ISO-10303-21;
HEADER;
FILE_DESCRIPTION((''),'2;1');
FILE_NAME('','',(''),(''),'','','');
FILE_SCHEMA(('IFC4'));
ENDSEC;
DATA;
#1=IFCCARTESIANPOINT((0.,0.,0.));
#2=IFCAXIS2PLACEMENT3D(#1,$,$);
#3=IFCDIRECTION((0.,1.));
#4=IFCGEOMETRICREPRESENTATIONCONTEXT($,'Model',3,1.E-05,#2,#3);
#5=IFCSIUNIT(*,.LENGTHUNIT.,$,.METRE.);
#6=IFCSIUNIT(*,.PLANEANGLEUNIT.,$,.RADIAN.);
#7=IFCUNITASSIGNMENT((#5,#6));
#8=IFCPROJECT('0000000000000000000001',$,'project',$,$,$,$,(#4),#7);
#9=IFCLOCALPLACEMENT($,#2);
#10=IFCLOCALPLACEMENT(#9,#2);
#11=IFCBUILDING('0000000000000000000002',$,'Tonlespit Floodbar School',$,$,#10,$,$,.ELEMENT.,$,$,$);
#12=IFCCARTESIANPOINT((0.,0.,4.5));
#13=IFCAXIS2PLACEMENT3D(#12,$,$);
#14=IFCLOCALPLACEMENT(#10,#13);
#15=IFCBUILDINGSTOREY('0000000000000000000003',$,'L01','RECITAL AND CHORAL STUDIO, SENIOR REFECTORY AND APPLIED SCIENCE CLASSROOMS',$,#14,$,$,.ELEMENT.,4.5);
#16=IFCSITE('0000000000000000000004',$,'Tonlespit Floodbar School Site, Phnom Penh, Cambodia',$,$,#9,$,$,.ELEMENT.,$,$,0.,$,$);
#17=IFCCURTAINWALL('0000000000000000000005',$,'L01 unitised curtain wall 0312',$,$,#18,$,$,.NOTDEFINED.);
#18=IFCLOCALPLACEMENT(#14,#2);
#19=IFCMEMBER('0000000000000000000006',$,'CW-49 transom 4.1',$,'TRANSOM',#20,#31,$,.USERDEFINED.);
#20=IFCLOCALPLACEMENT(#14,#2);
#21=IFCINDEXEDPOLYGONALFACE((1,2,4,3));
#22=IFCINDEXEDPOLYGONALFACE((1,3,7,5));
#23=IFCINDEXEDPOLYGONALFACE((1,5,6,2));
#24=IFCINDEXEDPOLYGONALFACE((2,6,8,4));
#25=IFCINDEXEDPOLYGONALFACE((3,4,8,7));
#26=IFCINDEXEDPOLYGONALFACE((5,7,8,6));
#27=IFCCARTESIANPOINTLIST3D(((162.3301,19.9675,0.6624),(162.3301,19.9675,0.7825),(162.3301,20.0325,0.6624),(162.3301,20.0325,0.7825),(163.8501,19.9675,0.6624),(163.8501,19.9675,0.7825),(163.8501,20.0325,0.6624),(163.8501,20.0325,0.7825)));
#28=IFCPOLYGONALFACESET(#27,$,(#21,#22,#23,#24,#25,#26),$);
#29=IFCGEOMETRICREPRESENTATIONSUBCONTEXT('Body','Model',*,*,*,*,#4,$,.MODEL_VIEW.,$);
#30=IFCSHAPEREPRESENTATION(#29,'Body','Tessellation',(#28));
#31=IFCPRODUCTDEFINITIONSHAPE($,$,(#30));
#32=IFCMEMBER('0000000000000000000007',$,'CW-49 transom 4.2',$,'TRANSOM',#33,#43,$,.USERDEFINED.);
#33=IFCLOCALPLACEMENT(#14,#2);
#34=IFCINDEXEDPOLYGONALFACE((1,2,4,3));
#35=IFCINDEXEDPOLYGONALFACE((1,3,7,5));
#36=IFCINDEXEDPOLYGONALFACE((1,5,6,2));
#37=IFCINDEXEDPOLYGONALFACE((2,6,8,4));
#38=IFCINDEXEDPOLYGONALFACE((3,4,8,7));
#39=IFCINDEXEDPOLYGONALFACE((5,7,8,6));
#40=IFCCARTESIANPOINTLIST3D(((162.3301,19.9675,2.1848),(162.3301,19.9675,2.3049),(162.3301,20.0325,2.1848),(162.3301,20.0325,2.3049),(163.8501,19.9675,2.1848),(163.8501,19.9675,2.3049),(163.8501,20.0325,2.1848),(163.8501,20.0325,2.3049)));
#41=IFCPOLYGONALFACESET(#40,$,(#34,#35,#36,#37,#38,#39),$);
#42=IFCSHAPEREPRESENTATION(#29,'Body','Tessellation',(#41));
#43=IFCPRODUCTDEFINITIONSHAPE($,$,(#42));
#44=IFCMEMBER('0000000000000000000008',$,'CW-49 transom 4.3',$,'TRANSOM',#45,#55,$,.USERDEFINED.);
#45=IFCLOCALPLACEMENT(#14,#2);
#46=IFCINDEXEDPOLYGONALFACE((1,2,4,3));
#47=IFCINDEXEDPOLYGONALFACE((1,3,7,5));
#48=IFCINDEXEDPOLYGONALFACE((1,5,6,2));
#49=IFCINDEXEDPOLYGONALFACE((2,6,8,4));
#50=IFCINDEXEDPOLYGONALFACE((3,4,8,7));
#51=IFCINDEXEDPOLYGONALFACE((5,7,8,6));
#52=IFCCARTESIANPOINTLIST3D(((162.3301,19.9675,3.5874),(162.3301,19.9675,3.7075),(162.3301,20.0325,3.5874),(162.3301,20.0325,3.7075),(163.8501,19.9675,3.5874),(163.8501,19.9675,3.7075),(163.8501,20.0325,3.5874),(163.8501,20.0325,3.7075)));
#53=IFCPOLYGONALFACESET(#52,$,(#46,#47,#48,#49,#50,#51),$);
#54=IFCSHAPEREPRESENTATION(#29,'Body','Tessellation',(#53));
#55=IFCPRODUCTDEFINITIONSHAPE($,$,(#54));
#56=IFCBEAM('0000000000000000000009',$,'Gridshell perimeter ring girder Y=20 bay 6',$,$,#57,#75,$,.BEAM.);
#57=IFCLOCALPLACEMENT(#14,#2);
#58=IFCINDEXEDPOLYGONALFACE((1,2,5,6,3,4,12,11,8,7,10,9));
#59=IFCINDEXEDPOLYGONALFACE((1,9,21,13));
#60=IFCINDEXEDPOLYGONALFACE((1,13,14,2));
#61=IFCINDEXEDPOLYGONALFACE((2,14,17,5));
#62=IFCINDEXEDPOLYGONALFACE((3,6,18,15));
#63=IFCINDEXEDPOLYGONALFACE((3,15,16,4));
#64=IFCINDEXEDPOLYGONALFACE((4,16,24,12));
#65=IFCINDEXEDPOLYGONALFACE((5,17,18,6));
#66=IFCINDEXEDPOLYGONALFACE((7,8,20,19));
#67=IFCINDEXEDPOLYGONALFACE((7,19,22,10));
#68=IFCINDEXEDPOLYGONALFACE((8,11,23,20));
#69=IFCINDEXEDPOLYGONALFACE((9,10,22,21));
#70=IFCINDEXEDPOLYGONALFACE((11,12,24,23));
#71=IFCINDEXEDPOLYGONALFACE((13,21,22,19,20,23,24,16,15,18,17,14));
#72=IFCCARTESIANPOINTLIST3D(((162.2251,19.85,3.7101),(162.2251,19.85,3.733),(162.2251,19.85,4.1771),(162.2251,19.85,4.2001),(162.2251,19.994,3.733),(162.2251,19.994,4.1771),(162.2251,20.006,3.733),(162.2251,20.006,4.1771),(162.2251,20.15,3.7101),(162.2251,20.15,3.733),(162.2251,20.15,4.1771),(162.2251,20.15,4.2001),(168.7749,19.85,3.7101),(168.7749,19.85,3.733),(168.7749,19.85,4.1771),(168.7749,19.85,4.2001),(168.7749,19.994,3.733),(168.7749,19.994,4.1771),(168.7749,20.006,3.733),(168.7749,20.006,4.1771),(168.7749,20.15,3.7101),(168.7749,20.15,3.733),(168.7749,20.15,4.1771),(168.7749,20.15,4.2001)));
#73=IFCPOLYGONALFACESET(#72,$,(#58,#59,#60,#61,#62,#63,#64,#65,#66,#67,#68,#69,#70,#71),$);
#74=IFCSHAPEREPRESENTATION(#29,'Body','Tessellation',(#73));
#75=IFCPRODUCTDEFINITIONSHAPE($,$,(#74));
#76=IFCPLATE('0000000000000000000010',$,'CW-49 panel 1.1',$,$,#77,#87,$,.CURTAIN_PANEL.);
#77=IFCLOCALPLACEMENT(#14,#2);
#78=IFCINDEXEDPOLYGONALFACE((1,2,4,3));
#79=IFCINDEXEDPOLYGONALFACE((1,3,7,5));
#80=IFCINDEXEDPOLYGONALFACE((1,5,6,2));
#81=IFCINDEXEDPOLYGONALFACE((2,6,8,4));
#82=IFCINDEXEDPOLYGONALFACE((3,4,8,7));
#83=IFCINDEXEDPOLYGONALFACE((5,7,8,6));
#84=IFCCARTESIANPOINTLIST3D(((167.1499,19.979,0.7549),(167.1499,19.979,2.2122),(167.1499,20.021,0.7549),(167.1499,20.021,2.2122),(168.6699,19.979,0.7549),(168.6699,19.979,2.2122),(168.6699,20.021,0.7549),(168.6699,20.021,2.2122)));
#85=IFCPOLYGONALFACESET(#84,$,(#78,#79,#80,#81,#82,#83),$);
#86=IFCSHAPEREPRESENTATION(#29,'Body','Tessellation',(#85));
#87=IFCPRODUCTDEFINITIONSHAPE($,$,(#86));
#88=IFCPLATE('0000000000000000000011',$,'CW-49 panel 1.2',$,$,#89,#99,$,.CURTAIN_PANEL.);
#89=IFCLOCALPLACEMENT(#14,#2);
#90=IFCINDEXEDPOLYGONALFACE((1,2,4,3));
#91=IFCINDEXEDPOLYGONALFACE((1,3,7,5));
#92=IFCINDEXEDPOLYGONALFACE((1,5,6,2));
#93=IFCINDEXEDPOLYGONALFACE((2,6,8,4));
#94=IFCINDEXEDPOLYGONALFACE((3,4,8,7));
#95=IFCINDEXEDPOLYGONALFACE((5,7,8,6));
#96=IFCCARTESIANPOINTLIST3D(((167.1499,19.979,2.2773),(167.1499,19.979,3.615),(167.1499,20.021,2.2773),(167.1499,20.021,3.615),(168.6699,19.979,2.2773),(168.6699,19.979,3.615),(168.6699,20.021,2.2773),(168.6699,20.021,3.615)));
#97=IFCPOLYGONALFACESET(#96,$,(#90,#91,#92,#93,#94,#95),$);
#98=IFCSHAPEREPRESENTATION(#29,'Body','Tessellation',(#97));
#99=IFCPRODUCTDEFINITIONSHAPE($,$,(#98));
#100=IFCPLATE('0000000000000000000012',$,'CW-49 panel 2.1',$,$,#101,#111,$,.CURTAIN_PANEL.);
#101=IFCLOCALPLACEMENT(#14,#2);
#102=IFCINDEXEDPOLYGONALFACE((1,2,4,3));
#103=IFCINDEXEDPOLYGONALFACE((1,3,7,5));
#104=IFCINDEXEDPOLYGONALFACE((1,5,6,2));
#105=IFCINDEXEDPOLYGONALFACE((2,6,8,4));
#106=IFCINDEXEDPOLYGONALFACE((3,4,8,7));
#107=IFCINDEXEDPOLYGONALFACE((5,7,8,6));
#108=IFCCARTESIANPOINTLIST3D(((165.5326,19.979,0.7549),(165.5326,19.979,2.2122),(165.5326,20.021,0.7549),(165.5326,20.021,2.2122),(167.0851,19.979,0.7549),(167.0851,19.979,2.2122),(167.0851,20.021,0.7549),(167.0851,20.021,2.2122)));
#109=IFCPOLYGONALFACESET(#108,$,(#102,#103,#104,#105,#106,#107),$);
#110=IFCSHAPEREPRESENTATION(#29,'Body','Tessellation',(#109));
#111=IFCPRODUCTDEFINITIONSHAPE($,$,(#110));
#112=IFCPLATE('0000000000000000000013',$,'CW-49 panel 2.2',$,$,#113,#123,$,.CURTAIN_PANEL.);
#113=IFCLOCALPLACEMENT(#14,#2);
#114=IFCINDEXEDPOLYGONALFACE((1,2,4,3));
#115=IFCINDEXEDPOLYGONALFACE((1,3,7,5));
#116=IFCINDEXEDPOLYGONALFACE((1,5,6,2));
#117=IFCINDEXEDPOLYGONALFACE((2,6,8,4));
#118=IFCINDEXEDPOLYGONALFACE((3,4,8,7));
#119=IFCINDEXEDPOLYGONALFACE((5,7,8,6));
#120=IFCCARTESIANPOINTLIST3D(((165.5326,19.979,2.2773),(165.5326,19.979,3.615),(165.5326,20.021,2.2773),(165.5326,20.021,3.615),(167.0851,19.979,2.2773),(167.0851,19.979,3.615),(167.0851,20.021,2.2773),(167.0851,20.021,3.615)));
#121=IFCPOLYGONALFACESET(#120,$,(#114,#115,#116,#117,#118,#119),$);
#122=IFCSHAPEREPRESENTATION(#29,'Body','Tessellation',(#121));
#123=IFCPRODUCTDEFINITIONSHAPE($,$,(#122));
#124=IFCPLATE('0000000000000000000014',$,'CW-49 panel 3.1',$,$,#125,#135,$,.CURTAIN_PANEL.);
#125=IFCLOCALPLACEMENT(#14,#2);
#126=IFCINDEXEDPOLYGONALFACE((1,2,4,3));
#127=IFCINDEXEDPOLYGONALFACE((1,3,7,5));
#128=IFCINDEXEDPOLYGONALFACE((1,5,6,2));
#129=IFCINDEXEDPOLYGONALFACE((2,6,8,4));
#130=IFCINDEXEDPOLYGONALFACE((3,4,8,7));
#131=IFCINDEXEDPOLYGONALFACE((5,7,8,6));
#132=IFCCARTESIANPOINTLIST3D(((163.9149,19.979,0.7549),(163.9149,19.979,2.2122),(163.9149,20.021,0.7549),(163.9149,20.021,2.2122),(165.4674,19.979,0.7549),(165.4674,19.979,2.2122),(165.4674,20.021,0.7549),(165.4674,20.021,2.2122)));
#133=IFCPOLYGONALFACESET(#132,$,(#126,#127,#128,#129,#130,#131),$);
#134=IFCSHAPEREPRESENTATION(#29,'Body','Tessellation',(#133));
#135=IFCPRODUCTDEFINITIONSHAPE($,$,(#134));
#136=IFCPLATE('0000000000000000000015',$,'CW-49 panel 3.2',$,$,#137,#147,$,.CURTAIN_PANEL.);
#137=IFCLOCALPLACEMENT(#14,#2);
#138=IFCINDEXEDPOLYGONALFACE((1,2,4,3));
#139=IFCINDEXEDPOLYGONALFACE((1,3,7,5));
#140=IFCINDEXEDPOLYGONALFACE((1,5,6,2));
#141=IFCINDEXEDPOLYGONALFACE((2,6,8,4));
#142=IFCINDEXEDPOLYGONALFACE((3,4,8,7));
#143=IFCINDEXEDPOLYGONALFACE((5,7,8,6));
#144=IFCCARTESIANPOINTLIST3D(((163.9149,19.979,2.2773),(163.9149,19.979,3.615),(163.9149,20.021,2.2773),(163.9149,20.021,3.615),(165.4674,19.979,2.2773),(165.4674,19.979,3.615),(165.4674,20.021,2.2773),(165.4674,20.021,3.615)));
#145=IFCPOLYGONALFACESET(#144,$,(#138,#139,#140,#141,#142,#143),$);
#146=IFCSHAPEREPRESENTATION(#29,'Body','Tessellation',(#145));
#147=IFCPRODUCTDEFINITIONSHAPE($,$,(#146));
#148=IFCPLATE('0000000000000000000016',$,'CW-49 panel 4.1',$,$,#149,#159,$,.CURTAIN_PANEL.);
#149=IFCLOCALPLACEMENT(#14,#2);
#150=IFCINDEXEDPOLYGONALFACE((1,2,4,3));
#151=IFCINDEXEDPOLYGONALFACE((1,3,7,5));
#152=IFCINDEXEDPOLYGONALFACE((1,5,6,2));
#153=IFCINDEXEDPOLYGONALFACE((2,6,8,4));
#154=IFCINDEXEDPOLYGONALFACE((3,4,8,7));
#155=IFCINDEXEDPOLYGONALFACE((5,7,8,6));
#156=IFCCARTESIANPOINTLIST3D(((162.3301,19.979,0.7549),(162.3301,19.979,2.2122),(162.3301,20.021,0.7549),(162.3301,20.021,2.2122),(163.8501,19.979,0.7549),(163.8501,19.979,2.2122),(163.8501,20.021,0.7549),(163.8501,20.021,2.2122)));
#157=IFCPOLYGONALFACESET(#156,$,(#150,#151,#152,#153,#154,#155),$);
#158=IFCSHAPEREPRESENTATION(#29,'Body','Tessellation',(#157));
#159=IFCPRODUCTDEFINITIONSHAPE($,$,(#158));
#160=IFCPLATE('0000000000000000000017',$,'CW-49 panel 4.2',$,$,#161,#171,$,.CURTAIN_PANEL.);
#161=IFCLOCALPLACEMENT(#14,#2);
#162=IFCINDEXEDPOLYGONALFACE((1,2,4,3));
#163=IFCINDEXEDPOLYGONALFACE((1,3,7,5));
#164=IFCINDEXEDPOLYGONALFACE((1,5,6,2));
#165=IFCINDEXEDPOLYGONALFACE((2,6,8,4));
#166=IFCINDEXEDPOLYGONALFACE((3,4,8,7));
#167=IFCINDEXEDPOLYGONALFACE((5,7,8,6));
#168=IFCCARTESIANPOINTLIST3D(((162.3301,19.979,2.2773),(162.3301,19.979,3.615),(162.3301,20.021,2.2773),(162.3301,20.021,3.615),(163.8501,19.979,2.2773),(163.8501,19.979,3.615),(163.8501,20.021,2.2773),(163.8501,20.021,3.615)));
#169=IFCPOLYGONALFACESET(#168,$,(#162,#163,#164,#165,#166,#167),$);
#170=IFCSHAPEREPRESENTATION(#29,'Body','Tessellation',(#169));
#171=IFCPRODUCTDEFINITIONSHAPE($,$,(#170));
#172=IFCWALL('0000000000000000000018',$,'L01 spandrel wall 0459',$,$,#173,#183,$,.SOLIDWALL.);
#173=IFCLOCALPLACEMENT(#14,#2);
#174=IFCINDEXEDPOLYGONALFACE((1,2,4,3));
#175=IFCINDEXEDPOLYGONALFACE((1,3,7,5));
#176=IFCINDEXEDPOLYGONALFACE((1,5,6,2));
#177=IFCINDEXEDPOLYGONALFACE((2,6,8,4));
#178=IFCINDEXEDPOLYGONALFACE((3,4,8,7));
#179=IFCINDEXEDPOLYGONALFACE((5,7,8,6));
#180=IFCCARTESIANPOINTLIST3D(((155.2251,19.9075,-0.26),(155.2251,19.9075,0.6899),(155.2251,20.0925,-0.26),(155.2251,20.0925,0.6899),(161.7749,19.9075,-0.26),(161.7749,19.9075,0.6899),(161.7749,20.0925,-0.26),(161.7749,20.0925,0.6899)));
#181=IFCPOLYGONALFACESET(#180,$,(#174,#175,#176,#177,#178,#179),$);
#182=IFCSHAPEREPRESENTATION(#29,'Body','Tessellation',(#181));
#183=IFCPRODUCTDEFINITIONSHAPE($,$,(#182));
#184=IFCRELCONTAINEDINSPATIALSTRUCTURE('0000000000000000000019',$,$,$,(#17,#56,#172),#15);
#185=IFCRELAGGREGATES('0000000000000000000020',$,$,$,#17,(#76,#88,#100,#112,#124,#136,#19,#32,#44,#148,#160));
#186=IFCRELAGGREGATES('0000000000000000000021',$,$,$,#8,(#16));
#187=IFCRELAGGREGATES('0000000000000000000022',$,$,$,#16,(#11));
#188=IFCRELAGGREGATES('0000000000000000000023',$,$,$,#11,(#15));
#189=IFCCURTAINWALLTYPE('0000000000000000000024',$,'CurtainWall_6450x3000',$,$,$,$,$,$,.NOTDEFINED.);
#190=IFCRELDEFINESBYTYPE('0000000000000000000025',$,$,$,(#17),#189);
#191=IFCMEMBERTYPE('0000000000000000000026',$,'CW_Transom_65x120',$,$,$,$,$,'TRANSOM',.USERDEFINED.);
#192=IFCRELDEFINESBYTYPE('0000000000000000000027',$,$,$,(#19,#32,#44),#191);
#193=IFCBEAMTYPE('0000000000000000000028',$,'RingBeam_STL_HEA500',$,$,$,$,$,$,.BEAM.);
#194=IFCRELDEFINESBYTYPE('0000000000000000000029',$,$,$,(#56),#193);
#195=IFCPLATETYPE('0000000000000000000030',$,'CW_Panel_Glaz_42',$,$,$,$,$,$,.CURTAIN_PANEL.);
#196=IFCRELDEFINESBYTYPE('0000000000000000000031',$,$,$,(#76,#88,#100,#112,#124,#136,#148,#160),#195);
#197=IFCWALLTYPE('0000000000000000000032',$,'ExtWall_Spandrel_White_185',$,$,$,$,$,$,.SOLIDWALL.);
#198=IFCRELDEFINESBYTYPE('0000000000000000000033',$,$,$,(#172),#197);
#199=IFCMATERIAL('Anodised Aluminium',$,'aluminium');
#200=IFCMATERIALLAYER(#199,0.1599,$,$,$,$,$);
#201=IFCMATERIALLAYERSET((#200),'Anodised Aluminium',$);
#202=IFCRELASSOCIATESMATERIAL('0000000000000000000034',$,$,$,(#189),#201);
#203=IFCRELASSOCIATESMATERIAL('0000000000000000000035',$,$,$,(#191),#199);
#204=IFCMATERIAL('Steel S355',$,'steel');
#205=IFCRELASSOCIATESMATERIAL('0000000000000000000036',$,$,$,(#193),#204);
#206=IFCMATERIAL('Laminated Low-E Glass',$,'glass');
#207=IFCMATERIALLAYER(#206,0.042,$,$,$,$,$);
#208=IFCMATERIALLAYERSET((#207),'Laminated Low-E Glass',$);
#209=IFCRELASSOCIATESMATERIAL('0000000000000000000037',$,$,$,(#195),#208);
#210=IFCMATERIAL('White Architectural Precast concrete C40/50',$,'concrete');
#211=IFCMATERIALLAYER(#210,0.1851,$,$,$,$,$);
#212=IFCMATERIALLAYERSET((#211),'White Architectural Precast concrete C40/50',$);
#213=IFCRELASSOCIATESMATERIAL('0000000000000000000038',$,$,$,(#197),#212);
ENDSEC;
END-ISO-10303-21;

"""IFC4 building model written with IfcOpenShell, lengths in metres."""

from ifc_helpers import new_model, si_unit, direction, frame, frame_2d, origin, origin_2d, place, context, subcontext, project, spatial, rectangle, i_section, extrude, material, layer, layer_set, material_profile, profile_set, type_object, element, aggregate, save


model = new_model("IFC4")

# Units and contexts
model_context = context("Model", 3, precision=1e-05, world=origin(), true_north=direction((0.0, 1.0)))
body_context = subcontext(model_context, "Body", "Model", "MODEL_VIEW")
ifc_project = project(units=[si_unit("LENGTHUNIT", "METRE"), si_unit("PLANEANGLEUNIT", "RADIAN")], contexts=[model_context])

# Site, building, storey
site_placement = place(None, origin())
site = spatial("IfcSite", under=ifc_project, at=site_placement, Name="Tonlespit Floodbar School Site, Phnom Penh, Cambodia", CompositionType="ELEMENT", RefElevation=0.0)
building_placement = place(site_placement, origin())
building = spatial("IfcBuilding", under=site, at=building_placement, Name="Tonlespit Floodbar School", CompositionType="ELEMENT")
storey_placement = place(building_placement, frame((0.0, 0.0, 4.5)))
storey = spatial("IfcBuildingStorey", under=building, at=storey_placement, Name="L01", Description="RECITAL AND CHORAL STUDIO, SENIOR REFECTORY AND APPLIED SCIENCE CLASSROOMS", CompositionType="ELEMENT", Elevation=4.5)

# Curtain wall, members
ifc_material_1 = material(Name="Anodised Aluminium", Category="aluminium")
ifc_layer_1 = layer(ifc_material_1, 0.1599)
ifc_layer_set_1 = layer_set([ifc_layer_1], Name="Anodised Aluminium")
curtain_wall_type = type_object("IfcCurtainWallType", Name="CurtainWall_6450x3000", PredefinedType="NOTDEFINED", material=ifc_layer_set_1)
curtain_wall_placement = place(storey_placement, origin())
curtain_wall = element("IfcCurtainWall", 1, at=curtain_wall_placement, inside=storey, type_object=curtain_wall_type, Name="L01 unitised curtain wall 0312", PredefinedType="NOTDEFINED")
ifc_material_profile_1 = material_profile(ifc_material_1, rectangle(XDim=0.0649, YDim=0.1201, at=origin_2d()), Name="ALU T65x120")
ifc_profile_set_1 = profile_set([ifc_material_profile_1], Name="Anodised Aluminium")
member_type_1 = type_object("IfcMemberType", Name="CW_Transom_65x120", ElementType="TRANSOM", PredefinedType="USERDEFINED", material=ifc_profile_set_1)
member_1_placement = place(storey_placement, frame((163.8501, 20.0, 0.7224), z_axis=(-1.0, 0.0, 0.0), x_axis=(0.0, -1.0, 0.0)))
member_1 = element("IfcMember", 2, at=member_1_placement, type_object=member_type_1, Name="CW-49 transom 4.1", ObjectType="TRANSOM", PredefinedType="USERDEFINED", context=body_context, shape_type="SweptSolid", body=[
    extrude(rectangle(XDim=0.0649, YDim=0.1201, at=origin_2d()), origin(), (0.0, 0.0, 1.0), 1.52),
])
member_2_placement = place(storey_placement, frame((163.8501, 20.0, 2.2449), z_axis=(-1.0, 0.0, 0.0), x_axis=(0.0, -1.0, 0.0)))
member_2 = element("IfcMember", 3, at=member_2_placement, type_object=member_type_1, Name="CW-49 transom 4.2", ObjectType="TRANSOM", PredefinedType="USERDEFINED", context=body_context, shape_type="SweptSolid", body=[
    extrude(rectangle(XDim=0.0649, YDim=0.1201, at=origin_2d()), origin(), (0.0, 0.0, 1.0), 1.52),
])
member_3_placement = place(storey_placement, frame((163.8501, 20.0, 3.6475), z_axis=(-1.0, 0.0, 0.0), x_axis=(0.0, -1.0, 0.0)))
member_3 = element("IfcMember", 4, at=member_3_placement, type_object=member_type_1, Name="CW-49 transom 4.3", ObjectType="TRANSOM", PredefinedType="USERDEFINED", context=body_context, shape_type="SweptSolid", body=[
    extrude(rectangle(XDim=0.0649, YDim=0.1201, at=origin_2d()), origin(), (0.0, 0.0, 1.0), 1.52),
])

# Beam
ifc_material_2 = material(Name="Steel S355", Category="steel")
ifc_material_profile_2 = material_profile(ifc_material_2, i_section(OverallWidth=0.3, OverallDepth=0.49, WebThickness=0.012, FlangeThickness=0.0229, at=origin_2d()), Name="HEA 500")
ifc_profile_set_2 = profile_set([ifc_material_profile_2], Name="Steel S355")
beam_type = type_object("IfcBeamType", Name="RingBeam_STL_HEA500", PredefinedType="BEAM", material=ifc_profile_set_2)
beam_placement = place(storey_placement, frame((162.2251, 20.0, 3.9551), z_axis=(1.0, 0.0, 0.0), x_axis=(0.0, 1.0, 0.0)))
element("IfcBeam", 5, at=beam_placement, inside=storey, type_object=beam_type, Name="Gridshell perimeter ring girder Y=20 bay 6", PredefinedType="BEAM", context=body_context, shape_type="SweptSolid", body=[
    extrude(i_section(OverallWidth=0.3, OverallDepth=0.49, WebThickness=0.012, FlangeThickness=0.0229, at=origin_2d()), origin(), (0.0, 0.0, 1.0), 6.5498),
])

# Plates
ifc_material_3 = material(Name="Laminated Low-E Glass", Category="glass")
ifc_layer_2 = layer(ifc_material_3, 0.042)
ifc_layer_set_2 = layer_set([ifc_layer_2], Name="Laminated Low-E Glass")
plate_type = type_object("IfcPlateType", Name="CW_Panel_Glaz_42", PredefinedType="CURTAIN_PANEL", material=ifc_layer_set_2)
plate_1_placement = place(storey_placement, frame((167.9099, 20.0, 0.7549), z_axis=(0.0, 0.0, 1.0), x_axis=(-1.0, 0.0, 0.0)))
plate_1 = element("IfcPlate", 6, at=plate_1_placement, type_object=plate_type, Name="CW-49 panel 1.1", PredefinedType="CURTAIN_PANEL", context=body_context, shape_type="SweptSolid", body=[
    extrude(rectangle(XDim=1.52, YDim=0.042, at=origin_2d()), origin(), (0.0, 0.0, 1.0), 1.4573),
])
plate_2_placement = place(storey_placement, frame((167.9099, 20.0, 2.2773), z_axis=(0.0, 0.0, 1.0), x_axis=(-1.0, 0.0, 0.0)))
plate_2 = element("IfcPlate", 7, at=plate_2_placement, type_object=plate_type, Name="CW-49 panel 1.2", PredefinedType="CURTAIN_PANEL", context=body_context, shape_type="SweptSolid", body=[
    extrude(rectangle(XDim=1.52, YDim=0.042, at=origin_2d()), origin(), (0.0, 0.0, 1.0), 1.3376),
])
plate_3_placement = place(storey_placement, frame((166.3088, 20.0, 0.7549), z_axis=(0.0, 0.0, 1.0), x_axis=(-1.0, 0.0, 0.0)))
plate_3 = element("IfcPlate", 8, at=plate_3_placement, type_object=plate_type, Name="CW-49 panel 2.1", PredefinedType="CURTAIN_PANEL", context=body_context, shape_type="SweptSolid", body=[
    extrude(rectangle(XDim=1.5525, YDim=0.042, at=origin_2d()), origin(), (0.0, 0.0, 1.0), 1.4573),
])
plate_4_placement = place(storey_placement, frame((166.3088, 20.0, 2.2773), z_axis=(0.0, 0.0, 1.0), x_axis=(-1.0, 0.0, 0.0)))
plate_4 = element("IfcPlate", 9, at=plate_4_placement, type_object=plate_type, Name="CW-49 panel 2.2", PredefinedType="CURTAIN_PANEL", context=body_context, shape_type="SweptSolid", body=[
    extrude(rectangle(XDim=1.5525, YDim=0.042, at=origin_2d()), origin(), (0.0, 0.0, 1.0), 1.3376),
])
plate_5_placement = place(storey_placement, frame((164.6912, 20.0, 0.7549), z_axis=(0.0, 0.0, 1.0), x_axis=(-1.0, 0.0, 0.0)))
plate_5 = element("IfcPlate", 10, at=plate_5_placement, type_object=plate_type, Name="CW-49 panel 3.1", PredefinedType="CURTAIN_PANEL", context=body_context, shape_type="SweptSolid", body=[
    extrude(rectangle(XDim=1.5525, YDim=0.042, at=origin_2d()), origin(), (0.0, 0.0, 1.0), 1.4573),
])
plate_6_placement = place(storey_placement, frame((164.6912, 20.0, 2.2773), z_axis=(0.0, 0.0, 1.0), x_axis=(-1.0, 0.0, 0.0)))
plate_6 = element("IfcPlate", 11, at=plate_6_placement, type_object=plate_type, Name="CW-49 panel 3.2", PredefinedType="CURTAIN_PANEL", context=body_context, shape_type="SweptSolid", body=[
    extrude(rectangle(XDim=1.5525, YDim=0.042, at=origin_2d()), origin(), (0.0, 0.0, 1.0), 1.3376),
])
plate_7_placement = place(storey_placement, frame((163.0901, 20.0, 0.7549), z_axis=(0.0, 0.0, 1.0), x_axis=(-1.0, 0.0, 0.0)))
plate_7 = element("IfcPlate", 12, at=plate_7_placement, type_object=plate_type, Name="CW-49 panel 4.1", PredefinedType="CURTAIN_PANEL", context=body_context, shape_type="SweptSolid", body=[
    extrude(rectangle(XDim=1.52, YDim=0.042, at=origin_2d()), origin(), (0.0, 0.0, 1.0), 1.4573),
])
plate_8_placement = place(storey_placement, frame((163.0901, 20.0, 2.2773), z_axis=(0.0, 0.0, 1.0), x_axis=(-1.0, 0.0, 0.0)))
plate_8 = element("IfcPlate", 13, at=plate_8_placement, type_object=plate_type, Name="CW-49 panel 4.2", PredefinedType="CURTAIN_PANEL", context=body_context, shape_type="SweptSolid", body=[
    extrude(rectangle(XDim=1.52, YDim=0.042, at=origin_2d()), origin(), (0.0, 0.0, 1.0), 1.3376),
])
aggregate(curtain_wall, [plate_1, plate_2, plate_3, plate_4, plate_5, plate_6, member_1, member_2, member_3, plate_7, plate_8])

# Wall
ifc_material_4 = material(Name="White Architectural Precast concrete C40/50", Category="concrete")
ifc_layer_3 = layer(ifc_material_4, 0.1851)
ifc_layer_set_3 = layer_set([ifc_layer_3], Name="White Architectural Precast concrete C40/50")
wall_type = type_object("IfcWallType", Name="ExtWall_Spandrel_White_185", PredefinedType="SOLIDWALL", material=ifc_layer_set_3)
wall_placement = place(storey_placement, frame((161.7749, 20.0, -0.26), z_axis=(0.0, 0.0, 1.0), x_axis=(-1.0, 0.0, 0.0)))
element("IfcWall", 14, at=wall_placement, inside=storey, type_object=wall_type, Name="L01 spandrel wall 0459", PredefinedType="SOLIDWALL", context=body_context, shape_type="SweptSolid", body=[
    extrude(rectangle(XDim=6.5498, YDim=0.1851, at=frame_2d((3.2749, 0.0))), origin(), (0.0, 0.0, 1.0), 0.95),
])

save(model, "model.ifc")
